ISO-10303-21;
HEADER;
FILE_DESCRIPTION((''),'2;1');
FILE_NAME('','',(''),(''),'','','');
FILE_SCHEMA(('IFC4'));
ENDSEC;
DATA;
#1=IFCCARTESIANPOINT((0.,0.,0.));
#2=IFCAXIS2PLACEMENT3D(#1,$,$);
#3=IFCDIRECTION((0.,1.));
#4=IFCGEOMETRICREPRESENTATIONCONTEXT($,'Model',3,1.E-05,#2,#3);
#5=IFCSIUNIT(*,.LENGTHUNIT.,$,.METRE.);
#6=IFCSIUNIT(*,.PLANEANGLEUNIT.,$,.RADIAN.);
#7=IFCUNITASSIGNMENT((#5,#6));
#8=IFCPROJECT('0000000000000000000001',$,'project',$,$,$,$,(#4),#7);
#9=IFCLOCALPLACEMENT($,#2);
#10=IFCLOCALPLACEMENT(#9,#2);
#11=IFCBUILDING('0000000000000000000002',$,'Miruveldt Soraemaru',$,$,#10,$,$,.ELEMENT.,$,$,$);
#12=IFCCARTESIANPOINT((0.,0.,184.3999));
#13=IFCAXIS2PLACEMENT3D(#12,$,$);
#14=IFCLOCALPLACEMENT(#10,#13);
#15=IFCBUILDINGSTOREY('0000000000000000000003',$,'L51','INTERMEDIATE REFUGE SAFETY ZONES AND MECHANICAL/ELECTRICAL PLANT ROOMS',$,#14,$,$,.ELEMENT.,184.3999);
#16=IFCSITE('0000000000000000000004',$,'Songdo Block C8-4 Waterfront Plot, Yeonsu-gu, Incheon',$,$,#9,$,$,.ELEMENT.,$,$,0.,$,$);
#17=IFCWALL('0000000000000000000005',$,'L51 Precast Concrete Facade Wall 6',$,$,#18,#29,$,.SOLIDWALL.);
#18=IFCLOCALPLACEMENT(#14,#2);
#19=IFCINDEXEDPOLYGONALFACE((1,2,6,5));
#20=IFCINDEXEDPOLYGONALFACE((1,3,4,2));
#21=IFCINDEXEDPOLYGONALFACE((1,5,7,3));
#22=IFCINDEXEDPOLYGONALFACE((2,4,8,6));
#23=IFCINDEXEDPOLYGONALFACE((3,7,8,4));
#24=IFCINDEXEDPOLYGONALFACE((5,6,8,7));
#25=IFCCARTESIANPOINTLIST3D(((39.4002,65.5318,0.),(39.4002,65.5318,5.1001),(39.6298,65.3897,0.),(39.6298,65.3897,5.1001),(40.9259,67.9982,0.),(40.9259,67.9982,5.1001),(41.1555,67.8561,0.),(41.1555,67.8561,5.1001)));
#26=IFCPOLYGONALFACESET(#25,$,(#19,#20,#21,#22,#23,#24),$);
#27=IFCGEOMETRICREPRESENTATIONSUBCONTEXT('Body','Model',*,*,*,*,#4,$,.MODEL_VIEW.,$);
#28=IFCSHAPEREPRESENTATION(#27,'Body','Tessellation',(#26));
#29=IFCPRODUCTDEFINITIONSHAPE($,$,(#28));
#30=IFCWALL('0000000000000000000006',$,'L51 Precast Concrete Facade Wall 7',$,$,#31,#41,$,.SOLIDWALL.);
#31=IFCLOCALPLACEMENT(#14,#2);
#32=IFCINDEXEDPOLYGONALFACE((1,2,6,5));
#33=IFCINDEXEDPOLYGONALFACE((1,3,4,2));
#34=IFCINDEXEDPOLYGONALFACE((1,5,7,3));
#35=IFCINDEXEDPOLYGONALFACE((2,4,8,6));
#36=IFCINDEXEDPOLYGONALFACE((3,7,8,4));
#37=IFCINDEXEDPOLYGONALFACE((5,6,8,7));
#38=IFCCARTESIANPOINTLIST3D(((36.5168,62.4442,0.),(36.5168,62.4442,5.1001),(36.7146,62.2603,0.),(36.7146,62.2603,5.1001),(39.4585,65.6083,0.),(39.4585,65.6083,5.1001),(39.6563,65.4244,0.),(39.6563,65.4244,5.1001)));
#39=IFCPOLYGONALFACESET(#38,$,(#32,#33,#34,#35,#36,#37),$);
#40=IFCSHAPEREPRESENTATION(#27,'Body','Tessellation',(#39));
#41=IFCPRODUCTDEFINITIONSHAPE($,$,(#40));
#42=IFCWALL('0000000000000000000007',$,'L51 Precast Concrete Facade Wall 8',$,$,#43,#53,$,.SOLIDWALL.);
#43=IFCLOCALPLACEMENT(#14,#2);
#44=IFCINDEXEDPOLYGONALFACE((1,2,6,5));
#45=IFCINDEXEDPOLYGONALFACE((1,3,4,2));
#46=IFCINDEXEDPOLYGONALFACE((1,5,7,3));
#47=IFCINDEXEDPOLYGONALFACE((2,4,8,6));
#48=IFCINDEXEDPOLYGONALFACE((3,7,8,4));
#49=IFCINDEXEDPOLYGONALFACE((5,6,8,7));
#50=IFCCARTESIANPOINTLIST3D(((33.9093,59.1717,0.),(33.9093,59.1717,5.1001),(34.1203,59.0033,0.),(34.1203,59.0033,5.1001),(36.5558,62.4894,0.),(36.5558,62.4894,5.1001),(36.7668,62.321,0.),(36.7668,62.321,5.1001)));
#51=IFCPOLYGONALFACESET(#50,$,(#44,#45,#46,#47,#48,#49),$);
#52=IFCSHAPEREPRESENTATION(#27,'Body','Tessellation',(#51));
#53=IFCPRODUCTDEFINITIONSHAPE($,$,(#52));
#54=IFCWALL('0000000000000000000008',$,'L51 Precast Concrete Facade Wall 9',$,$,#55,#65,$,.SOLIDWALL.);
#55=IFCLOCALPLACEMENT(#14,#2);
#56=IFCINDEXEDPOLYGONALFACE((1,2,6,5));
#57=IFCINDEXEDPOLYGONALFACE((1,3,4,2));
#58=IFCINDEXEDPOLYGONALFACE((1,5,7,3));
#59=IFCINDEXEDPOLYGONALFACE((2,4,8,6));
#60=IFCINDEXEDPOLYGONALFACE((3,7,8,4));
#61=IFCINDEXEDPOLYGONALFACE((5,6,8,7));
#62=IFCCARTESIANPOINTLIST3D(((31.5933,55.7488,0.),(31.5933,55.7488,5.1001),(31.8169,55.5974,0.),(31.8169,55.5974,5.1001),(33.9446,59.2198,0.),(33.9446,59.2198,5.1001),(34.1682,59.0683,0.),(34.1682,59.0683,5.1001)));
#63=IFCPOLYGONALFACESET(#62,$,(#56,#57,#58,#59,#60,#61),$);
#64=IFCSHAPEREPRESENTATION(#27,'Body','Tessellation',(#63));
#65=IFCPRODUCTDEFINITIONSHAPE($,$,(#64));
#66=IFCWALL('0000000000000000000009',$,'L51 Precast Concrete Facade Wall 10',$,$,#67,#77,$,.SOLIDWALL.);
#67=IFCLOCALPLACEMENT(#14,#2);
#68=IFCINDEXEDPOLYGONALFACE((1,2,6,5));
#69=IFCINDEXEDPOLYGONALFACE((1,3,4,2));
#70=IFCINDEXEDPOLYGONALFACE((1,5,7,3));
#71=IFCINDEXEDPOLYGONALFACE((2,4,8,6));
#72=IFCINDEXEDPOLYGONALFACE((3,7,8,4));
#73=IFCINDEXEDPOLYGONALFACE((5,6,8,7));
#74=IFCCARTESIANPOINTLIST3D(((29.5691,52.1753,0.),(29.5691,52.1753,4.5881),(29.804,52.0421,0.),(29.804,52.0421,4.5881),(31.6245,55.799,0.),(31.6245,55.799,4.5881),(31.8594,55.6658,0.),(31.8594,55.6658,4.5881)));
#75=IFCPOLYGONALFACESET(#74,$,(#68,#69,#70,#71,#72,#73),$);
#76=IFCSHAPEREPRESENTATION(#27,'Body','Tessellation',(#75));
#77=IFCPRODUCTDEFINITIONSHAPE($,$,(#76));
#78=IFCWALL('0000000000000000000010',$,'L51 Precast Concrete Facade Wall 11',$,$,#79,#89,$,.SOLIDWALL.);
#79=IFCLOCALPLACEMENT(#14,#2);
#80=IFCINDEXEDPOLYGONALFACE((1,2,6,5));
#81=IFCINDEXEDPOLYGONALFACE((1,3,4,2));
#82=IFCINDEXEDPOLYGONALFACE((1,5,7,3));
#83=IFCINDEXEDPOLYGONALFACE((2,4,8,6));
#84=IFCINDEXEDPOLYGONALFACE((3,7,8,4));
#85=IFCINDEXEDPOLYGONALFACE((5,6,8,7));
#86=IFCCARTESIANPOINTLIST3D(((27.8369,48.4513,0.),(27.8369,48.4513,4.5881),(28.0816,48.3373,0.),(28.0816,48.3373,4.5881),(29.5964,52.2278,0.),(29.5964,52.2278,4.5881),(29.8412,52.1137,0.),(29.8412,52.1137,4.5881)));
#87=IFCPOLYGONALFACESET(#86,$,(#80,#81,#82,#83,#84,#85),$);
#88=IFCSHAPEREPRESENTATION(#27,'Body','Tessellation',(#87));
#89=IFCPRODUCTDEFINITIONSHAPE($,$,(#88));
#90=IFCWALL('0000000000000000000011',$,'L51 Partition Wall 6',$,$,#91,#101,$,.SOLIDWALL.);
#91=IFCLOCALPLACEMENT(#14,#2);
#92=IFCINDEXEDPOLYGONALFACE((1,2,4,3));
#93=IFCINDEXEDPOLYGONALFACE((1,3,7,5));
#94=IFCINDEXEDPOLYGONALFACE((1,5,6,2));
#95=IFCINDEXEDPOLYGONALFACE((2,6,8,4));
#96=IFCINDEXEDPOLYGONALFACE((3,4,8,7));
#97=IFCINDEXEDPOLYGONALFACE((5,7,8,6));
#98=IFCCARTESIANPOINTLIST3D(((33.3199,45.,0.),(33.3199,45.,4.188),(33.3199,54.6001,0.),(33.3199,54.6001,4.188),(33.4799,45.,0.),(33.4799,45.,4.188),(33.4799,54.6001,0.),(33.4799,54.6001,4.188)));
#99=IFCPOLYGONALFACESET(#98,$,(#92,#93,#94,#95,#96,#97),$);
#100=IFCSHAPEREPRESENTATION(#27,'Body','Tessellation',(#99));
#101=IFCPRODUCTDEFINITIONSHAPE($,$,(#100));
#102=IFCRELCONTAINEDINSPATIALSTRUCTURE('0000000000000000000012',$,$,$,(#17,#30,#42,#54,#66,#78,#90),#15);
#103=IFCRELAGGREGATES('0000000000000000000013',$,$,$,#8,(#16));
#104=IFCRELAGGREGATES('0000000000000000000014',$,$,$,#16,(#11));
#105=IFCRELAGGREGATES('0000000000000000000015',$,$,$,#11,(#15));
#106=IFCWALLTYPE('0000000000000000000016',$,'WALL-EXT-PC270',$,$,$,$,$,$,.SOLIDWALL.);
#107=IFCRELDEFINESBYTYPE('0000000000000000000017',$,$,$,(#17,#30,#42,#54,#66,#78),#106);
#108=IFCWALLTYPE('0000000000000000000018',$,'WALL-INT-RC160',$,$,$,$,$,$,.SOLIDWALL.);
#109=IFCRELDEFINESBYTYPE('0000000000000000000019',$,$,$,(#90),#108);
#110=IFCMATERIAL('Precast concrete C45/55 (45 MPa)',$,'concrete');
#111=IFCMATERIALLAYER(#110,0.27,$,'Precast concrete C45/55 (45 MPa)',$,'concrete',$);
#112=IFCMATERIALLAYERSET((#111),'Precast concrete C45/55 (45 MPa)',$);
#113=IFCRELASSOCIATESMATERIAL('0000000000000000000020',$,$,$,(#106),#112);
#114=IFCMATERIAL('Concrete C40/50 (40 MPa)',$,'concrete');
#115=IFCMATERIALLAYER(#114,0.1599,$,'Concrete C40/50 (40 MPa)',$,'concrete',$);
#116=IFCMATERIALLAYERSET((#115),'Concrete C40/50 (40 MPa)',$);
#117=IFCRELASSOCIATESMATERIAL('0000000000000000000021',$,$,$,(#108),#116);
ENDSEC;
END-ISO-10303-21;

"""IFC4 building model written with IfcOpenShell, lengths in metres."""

from ifc_helpers import new_model, si_unit, direction, frame, frame_2d, origin, place, context, subcontext, project, spatial, rectangle, extrude, material, layer, layer_set, type_object, element, save


model = new_model("IFC4")

# Units and contexts
model_context = context("Model", 3, precision=1e-05, world=origin(), true_north=direction((0.0, 1.0)))
body_context = subcontext(model_context, "Body", "Model", "MODEL_VIEW")
ifc_project = project(units=[si_unit("LENGTHUNIT", "METRE"), si_unit("PLANEANGLEUNIT", "RADIAN")], contexts=[model_context])

# Site, building, storey
site_placement = place(None, origin())
site = spatial("IfcSite", under=ifc_project, at=site_placement, Name="Songdo Block C8-4 Waterfront Plot, Yeonsu-gu, Incheon", CompositionType="ELEMENT", RefElevation=0.0)
building_placement = place(site_placement, origin())
building = spatial("IfcBuilding", under=site, at=building_placement, Name="Miruveldt Soraemaru", CompositionType="ELEMENT")
storey_placement = place(building_placement, frame((0.0, 0.0, 184.3999)))
storey = spatial("IfcBuildingStorey", under=building, at=storey_placement, Name="L51", Description="INTERMEDIATE REFUGE SAFETY ZONES AND MECHANICAL/ELECTRICAL PLANT ROOMS", CompositionType="ELEMENT", Elevation=184.3999)

# Shared definitions
ifc_material_1 = material(Name="Concrete C40/50 (40 MPa)", Category="concrete")

# Walls
ifc_material_2 = material(Name="Precast concrete C45/55 (45 MPa)", Category="concrete")
ifc_layer_1 = layer(ifc_material_2, 0.27, Name="Precast concrete C45/55 (45 MPa)", Category="concrete")
ifc_layer_set_1 = layer_set([ifc_layer_1], Name="Precast concrete C45/55 (45 MPa)")
wall_type_1 = type_object("IfcWallType", Name="WALL-EXT-PC270", PredefinedType="SOLIDWALL", material=ifc_layer_set_1)
wall_1_placement = place(storey_placement, frame((41.0408, 67.9272, 0.0), z_axis=(0.0, 0.0, 1.0), x_axis=(-0.526073, -0.850439, 0.0)))
element("IfcWall", 1, at=wall_1_placement, inside=storey, type_object=wall_type_1, Name="L51 Precast Concrete Facade Wall 6", PredefinedType="SOLIDWALL", context=body_context, shape_type="SweptSolid", body=[
    extrude(rectangle(XDim=2.9001, YDim=0.27, at=frame_2d((1.4502, 0.0))), origin(), (0.0, 0.0, 1.0), 5.1001),
])
wall_2_placement = place(storey_placement, frame((39.5574, 65.5164, 0.0), z_axis=(0.0, 0.0, 1.0), x_axis=(-0.680897, -0.732379, 0.0)))
element("IfcWall", 2, at=wall_2_placement, inside=storey, type_object=wall_type_1, Name="L51 Precast Concrete Facade Wall 7", PredefinedType="SOLIDWALL", context=body_context, shape_type="SweptSolid", body=[
    extrude(rectangle(XDim=4.3203, YDim=0.27, at=frame_2d((2.1602, 0.0))), origin(), (0.0, 0.0, 1.0), 5.1001),
])
wall_3_placement = place(storey_placement, frame((36.6614, 62.4053, 0.0), z_axis=(0.0, 0.0, 1.0), x_axis=(-0.6236, -0.781744, 0.0)))
element("IfcWall", 3, at=wall_3_placement, inside=storey, type_object=wall_type_1, Name="L51 Precast Concrete Facade Wall 8", PredefinedType="SOLIDWALL", context=body_context, shape_type="SweptSolid", body=[
    extrude(rectangle(XDim=4.2439, YDim=0.27, at=frame_2d((2.1221, 0.0))), origin(), (0.0, 0.0, 1.0), 5.1001),
])
wall_4_placement = place(storey_placement, frame((34.0564, 59.144, 0.0), z_axis=(0.0, 0.0, 1.0), x_axis=(-0.560853, -0.827915, 0.0)))
element("IfcWall", 4, at=wall_4_placement, inside=storey, type_object=wall_type_1, Name="L51 Precast Concrete Facade Wall 9", PredefinedType="SOLIDWALL", context=body_context, shape_type="SweptSolid", body=[
    extrude(rectangle(XDim=4.1924, YDim=0.27, at=frame_2d((2.0962, 0.0))), origin(), (0.0, 0.0, 1.0), 5.1001),
])
wall_5_placement = place(storey_placement, frame((31.7419, 55.7324, 0.0), z_axis=(0.0, 0.0, 1.0), x_axis=(-0.493366, -0.869822, 0.0)))
element("IfcWall", 5, at=wall_5_placement, inside=storey, type_object=wall_type_1, Name="L51 Precast Concrete Facade Wall 10", PredefinedType="SOLIDWALL", context=body_context, shape_type="SweptSolid", body=[
    extrude(rectangle(XDim=4.166, YDim=0.27, at=frame_2d((2.083, 0.0))), origin(), (0.0, 0.0, 1.0), 4.5881),
])
wall_6_placement = place(storey_placement, frame((29.7188, 52.1707, 0.0), z_axis=(0.0, 0.0, 1.0), x_axis=(-0.422337, -0.906439, 0.0)))
element("IfcWall", 6, at=wall_6_placement, inside=storey, type_object=wall_type_1, Name="L51 Precast Concrete Facade Wall 11", PredefinedType="SOLIDWALL", context=body_context, shape_type="SweptSolid", body=[
    extrude(rectangle(XDim=4.1663, YDim=0.27, at=frame_2d((2.083, 0.0))), origin(), (0.0, 0.0, 1.0), 4.5881),
])
ifc_layer_2 = layer(ifc_material_1, 0.1599, Name="Concrete C40/50 (40 MPa)", Category="concrete")
ifc_layer_set_2 = layer_set([ifc_layer_2], Name="Concrete C40/50 (40 MPa)")
wall_type_2 = type_object("IfcWallType", Name="WALL-INT-RC160", PredefinedType="SOLIDWALL", material=ifc_layer_set_2)
wall_7_placement = place(storey_placement, frame((33.3999, 54.6001, 0.0), z_axis=(0.0, 0.0, 1.0), x_axis=(0.0, -1.0, 0.0)))
element("IfcWall", 7, at=wall_7_placement, inside=storey, type_object=wall_type_2, Name="L51 Partition Wall 6", PredefinedType="SOLIDWALL", context=body_context, shape_type="SweptSolid", body=[
    extrude(rectangle(XDim=9.6001, YDim=0.1599, at=frame_2d((4.8, 0.0))), origin(), (0.0, 0.0, 1.0), 4.188),
])

save(model, "model.ifc")
